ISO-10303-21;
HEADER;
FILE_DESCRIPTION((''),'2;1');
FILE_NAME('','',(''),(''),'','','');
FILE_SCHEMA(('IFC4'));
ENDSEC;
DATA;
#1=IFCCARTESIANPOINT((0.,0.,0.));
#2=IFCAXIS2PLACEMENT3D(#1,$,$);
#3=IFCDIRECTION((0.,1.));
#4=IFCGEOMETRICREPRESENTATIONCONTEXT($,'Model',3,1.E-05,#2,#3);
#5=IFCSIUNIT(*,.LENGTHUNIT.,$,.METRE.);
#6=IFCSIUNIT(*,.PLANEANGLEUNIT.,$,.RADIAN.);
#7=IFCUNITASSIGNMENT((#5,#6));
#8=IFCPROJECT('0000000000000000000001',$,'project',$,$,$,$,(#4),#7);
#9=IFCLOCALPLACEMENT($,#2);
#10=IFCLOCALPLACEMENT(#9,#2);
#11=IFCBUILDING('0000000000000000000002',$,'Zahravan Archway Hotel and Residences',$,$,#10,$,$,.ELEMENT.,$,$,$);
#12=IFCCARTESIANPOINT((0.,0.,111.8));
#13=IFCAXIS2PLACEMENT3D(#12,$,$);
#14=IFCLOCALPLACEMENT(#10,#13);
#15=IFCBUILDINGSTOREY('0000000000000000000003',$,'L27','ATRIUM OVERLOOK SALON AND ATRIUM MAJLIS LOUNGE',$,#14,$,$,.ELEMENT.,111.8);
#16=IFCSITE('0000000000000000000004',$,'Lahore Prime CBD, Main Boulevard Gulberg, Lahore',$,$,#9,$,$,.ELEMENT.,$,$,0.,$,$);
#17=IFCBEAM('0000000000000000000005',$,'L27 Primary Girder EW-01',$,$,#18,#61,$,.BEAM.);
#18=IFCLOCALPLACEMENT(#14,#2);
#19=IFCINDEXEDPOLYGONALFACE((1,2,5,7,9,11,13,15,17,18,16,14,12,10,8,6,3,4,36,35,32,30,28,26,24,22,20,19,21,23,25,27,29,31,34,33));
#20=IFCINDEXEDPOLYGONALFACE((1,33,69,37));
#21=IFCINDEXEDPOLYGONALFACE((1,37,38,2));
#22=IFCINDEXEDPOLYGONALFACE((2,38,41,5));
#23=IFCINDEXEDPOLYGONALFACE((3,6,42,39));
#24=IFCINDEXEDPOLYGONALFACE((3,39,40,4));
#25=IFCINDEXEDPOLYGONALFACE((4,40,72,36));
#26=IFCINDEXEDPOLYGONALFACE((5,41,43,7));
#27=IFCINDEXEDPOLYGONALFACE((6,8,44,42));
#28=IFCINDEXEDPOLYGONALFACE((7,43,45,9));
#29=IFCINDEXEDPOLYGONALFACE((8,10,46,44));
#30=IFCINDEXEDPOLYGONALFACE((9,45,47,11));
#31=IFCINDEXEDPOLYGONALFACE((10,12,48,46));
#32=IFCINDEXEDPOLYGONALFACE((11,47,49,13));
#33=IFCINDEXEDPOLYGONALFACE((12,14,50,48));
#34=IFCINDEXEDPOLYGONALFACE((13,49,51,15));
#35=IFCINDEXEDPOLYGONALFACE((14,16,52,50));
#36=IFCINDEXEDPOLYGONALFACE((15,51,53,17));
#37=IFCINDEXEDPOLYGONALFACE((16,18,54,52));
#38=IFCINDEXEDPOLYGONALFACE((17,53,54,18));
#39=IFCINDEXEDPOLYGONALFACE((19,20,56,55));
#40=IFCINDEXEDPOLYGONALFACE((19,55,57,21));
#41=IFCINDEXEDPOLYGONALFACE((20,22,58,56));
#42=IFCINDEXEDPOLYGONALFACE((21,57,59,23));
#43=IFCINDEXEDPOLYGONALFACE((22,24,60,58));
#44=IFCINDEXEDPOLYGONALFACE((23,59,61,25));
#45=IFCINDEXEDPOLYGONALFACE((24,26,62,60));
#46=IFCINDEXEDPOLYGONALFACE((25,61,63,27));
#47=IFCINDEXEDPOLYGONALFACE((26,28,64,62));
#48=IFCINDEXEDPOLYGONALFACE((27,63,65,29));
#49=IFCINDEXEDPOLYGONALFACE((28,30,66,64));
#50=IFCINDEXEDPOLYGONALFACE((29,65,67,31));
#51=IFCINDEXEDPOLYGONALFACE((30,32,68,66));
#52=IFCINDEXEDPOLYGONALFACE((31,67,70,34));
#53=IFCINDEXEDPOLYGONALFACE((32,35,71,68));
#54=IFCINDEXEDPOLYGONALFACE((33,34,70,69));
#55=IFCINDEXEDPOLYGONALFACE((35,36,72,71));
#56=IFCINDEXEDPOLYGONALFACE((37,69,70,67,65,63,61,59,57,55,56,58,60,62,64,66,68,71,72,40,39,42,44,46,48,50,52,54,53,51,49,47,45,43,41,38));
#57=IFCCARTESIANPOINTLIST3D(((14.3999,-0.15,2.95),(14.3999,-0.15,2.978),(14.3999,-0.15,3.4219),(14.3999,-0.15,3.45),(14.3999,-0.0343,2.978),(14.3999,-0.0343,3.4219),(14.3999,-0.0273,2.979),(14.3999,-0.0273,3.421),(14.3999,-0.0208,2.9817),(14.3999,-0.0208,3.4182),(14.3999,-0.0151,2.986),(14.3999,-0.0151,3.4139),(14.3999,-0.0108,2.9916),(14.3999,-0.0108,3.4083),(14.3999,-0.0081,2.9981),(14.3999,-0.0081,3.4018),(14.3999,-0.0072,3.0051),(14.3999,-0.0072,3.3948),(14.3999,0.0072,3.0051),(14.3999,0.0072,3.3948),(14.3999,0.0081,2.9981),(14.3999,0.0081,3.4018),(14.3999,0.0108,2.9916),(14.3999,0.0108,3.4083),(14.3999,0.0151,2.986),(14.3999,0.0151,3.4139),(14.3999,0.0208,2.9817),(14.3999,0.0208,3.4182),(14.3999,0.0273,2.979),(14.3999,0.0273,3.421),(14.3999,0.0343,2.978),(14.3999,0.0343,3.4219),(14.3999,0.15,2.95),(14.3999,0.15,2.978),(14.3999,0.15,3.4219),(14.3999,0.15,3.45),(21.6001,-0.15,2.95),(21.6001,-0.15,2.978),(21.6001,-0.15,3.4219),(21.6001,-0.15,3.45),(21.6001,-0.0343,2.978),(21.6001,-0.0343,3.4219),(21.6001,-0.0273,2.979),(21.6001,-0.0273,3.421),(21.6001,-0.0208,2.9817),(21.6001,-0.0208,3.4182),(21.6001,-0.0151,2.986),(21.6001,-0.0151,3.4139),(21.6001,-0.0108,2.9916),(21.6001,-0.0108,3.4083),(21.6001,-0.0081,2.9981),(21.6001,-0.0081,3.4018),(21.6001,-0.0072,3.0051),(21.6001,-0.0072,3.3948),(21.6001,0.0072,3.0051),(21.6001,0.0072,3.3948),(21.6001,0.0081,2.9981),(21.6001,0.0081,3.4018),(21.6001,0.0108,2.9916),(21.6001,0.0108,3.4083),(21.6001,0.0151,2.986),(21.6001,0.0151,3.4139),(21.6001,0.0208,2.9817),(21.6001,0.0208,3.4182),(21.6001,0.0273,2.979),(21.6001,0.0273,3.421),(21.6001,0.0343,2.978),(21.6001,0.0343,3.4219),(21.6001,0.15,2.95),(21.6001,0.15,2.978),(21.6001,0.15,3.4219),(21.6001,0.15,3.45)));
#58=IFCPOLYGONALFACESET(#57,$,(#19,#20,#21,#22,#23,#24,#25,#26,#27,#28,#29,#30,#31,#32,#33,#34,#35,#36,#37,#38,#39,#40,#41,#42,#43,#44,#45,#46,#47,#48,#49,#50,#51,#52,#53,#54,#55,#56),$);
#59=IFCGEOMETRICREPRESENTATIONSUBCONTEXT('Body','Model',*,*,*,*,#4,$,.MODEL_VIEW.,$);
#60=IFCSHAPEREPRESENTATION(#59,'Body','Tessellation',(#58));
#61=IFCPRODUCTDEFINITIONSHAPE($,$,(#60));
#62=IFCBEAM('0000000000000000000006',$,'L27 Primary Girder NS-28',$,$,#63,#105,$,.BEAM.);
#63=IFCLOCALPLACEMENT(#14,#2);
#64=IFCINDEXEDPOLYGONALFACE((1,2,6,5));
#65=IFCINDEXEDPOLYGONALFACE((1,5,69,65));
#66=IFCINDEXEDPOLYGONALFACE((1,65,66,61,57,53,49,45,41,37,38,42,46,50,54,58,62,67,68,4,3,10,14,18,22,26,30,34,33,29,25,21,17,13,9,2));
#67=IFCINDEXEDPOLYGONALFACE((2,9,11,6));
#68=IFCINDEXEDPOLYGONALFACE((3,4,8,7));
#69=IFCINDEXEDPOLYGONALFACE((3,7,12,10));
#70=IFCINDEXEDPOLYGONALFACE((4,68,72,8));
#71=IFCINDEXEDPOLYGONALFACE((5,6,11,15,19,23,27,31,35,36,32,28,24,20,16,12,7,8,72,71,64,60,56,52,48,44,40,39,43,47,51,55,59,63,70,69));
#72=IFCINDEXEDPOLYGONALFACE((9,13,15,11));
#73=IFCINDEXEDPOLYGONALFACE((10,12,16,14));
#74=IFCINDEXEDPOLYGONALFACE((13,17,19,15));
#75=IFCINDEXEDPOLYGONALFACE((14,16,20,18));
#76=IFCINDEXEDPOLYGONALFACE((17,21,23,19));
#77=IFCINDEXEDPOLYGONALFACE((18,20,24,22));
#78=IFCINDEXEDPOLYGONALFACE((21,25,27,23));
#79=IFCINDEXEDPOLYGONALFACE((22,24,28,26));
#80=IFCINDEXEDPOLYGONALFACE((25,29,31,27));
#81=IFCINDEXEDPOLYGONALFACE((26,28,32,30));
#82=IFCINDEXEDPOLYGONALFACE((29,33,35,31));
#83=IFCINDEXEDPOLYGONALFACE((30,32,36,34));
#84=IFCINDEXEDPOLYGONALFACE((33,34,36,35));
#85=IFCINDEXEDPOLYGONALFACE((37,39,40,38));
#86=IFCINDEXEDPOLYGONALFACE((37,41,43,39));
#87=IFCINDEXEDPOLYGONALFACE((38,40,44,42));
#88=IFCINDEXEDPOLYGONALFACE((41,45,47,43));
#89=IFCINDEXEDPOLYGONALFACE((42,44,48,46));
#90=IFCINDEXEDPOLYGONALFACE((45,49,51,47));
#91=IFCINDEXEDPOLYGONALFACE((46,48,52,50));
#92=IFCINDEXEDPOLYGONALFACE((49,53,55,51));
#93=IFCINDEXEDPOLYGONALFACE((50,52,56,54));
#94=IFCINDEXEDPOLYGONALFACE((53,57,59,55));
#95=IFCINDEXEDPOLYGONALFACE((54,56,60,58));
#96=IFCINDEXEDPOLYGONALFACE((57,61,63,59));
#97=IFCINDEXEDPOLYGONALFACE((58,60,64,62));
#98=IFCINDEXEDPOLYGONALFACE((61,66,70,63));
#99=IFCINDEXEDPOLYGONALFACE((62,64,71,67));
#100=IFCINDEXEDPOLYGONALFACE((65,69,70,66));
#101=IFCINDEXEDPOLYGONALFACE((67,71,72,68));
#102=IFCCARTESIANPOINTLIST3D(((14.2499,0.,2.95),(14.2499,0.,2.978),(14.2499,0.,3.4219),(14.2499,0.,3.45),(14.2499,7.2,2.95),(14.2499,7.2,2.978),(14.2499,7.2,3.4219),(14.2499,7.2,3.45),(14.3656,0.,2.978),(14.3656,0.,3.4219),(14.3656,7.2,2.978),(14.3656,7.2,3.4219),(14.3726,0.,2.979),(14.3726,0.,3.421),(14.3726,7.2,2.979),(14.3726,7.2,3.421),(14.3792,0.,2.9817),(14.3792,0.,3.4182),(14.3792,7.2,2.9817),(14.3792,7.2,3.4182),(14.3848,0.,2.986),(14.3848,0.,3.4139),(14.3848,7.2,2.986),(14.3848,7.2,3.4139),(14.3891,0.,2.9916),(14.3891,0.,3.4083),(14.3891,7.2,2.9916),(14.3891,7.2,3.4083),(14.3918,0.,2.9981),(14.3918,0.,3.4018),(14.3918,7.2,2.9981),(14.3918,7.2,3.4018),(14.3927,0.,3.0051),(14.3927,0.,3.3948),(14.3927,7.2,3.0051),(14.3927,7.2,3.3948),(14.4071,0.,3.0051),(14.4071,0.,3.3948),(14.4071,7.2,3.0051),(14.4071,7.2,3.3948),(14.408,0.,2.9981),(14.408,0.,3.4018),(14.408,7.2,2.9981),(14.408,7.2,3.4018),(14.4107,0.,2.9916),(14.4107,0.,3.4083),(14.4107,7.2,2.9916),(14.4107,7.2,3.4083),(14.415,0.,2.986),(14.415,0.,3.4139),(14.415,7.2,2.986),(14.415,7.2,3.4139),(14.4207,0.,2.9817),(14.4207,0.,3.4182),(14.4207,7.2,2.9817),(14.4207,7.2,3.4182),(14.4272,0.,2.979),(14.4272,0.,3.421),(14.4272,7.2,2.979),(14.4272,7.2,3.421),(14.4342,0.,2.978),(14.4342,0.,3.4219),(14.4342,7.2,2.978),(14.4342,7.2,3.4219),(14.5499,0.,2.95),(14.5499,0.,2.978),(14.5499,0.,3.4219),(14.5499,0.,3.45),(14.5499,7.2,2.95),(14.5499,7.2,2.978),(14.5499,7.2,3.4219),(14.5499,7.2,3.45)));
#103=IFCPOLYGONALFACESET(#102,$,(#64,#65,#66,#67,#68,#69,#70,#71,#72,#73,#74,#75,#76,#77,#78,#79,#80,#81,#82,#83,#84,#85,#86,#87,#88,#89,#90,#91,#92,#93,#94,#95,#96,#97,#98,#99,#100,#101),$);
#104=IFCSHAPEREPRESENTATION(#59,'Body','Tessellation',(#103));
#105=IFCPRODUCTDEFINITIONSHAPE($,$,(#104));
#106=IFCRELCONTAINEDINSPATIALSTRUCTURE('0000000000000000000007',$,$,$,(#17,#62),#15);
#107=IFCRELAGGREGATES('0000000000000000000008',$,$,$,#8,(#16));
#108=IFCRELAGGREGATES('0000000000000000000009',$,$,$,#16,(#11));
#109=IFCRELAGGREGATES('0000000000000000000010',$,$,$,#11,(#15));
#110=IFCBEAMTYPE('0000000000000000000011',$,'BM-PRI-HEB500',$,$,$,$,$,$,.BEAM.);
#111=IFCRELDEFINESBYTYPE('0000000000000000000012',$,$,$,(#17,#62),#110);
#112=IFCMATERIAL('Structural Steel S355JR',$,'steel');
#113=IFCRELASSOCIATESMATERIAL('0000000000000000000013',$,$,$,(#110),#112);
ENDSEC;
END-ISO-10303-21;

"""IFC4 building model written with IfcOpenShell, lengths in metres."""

from ifc_helpers import new_model, si_unit, direction, frame, origin, origin_2d, place, context, subcontext, project, spatial, i_section, extrude, source, transform, mapped, material, material_profile, profile_set, type_object, type_shapes, element, save


model = new_model("IFC4")

# Units and contexts
model_context = context("Model", 3, precision=1e-05, world=origin(), true_north=direction((0.0, 1.0)))
body_context = subcontext(model_context, "Body", "Model", "MODEL_VIEW")
ifc_project = project(units=[si_unit("LENGTHUNIT", "METRE"), si_unit("PLANEANGLEUNIT", "RADIAN")], contexts=[model_context])

# Site, building, storey
site_placement = place(None, origin())
site = spatial("IfcSite", under=ifc_project, at=site_placement, Name="Lahore Prime CBD, Main Boulevard Gulberg, Lahore", CompositionType="ELEMENT", RefElevation=0.0)
building_placement = place(site_placement, origin())
building = spatial("IfcBuilding", under=site, at=building_placement, Name="Zahravan Archway Hotel and Residences", CompositionType="ELEMENT")
storey_placement = place(building_placement, frame((0.0, 0.0, 111.8)))
storey = spatial("IfcBuildingStorey", under=building, at=storey_placement, Name="L27", Description="ATRIUM OVERLOOK SALON AND ATRIUM MAJLIS LOUNGE", CompositionType="ELEMENT", Elevation=111.8)

# Beams
ifc_material_1 = material(Name="Structural Steel S355JR", Category="steel")
ifc_material_profile = material_profile(ifc_material_1, i_section(OverallWidth=0.3, OverallDepth=0.5, WebThickness=0.0144, FlangeThickness=0.0281, FilletRadius=0.0271, at=origin_2d()), Name="HEB 500", Category="steel")
ifc_profile_set = profile_set([ifc_material_profile], Name="Structural Steel S355JR")
beam_type = type_object("IfcBeamType", Name="BM-PRI-HEB500", PredefinedType="BEAM", material=ifc_profile_set)
shared_shape_1 = source(origin(), body_context, "Body", "SweptSolid", [
    extrude(i_section(OverallWidth=0.3, OverallDepth=0.5, WebThickness=0.0144, FlangeThickness=0.0281, FilletRadius=0.0271, at=origin_2d()), origin(), (0.0, 0.0, 1.0), 7.2002),
])
type_shapes(beam_type, [shared_shape_1])
beam_1_placement = place(storey_placement, frame((14.3999, 0.0, 3.2), z_axis=(1.0, 0.0, 0.0), x_axis=(0.0, 1.0, 0.0)))
element("IfcBeam", 1, at=beam_1_placement, inside=storey, type_object=beam_type, Name="L27 Primary Girder EW-01", PredefinedType="BEAM", context=body_context, shape_type="MappedRepresentation", body=[
    mapped(shared_shape_1, transform((0.0, 0.0, 0.0), scale=1.0)),
])
shared_shape_2 = source(origin(), body_context, "Body", "SweptSolid", [
    extrude(i_section(OverallWidth=0.3, OverallDepth=0.5, WebThickness=0.0144, FlangeThickness=0.0281, FilletRadius=0.0271, at=origin_2d()), origin(), (0.0, 0.0, 1.0), 7.2),
])
beam_2_placement = place(storey_placement, frame((14.3999, 0.0, 3.2), z_axis=(0.0, 1.0, 0.0), x_axis=(-1.0, 0.0, 0.0)))
element("IfcBeam", 2, at=beam_2_placement, inside=storey, type_object=beam_type, Name="L27 Primary Girder NS-28", PredefinedType="BEAM", context=body_context, shape_type="MappedRepresentation", body=[
    mapped(shared_shape_2, transform((0.0, 0.0, 0.0), scale=1.0)),
])

save(model, "model.ifc")
